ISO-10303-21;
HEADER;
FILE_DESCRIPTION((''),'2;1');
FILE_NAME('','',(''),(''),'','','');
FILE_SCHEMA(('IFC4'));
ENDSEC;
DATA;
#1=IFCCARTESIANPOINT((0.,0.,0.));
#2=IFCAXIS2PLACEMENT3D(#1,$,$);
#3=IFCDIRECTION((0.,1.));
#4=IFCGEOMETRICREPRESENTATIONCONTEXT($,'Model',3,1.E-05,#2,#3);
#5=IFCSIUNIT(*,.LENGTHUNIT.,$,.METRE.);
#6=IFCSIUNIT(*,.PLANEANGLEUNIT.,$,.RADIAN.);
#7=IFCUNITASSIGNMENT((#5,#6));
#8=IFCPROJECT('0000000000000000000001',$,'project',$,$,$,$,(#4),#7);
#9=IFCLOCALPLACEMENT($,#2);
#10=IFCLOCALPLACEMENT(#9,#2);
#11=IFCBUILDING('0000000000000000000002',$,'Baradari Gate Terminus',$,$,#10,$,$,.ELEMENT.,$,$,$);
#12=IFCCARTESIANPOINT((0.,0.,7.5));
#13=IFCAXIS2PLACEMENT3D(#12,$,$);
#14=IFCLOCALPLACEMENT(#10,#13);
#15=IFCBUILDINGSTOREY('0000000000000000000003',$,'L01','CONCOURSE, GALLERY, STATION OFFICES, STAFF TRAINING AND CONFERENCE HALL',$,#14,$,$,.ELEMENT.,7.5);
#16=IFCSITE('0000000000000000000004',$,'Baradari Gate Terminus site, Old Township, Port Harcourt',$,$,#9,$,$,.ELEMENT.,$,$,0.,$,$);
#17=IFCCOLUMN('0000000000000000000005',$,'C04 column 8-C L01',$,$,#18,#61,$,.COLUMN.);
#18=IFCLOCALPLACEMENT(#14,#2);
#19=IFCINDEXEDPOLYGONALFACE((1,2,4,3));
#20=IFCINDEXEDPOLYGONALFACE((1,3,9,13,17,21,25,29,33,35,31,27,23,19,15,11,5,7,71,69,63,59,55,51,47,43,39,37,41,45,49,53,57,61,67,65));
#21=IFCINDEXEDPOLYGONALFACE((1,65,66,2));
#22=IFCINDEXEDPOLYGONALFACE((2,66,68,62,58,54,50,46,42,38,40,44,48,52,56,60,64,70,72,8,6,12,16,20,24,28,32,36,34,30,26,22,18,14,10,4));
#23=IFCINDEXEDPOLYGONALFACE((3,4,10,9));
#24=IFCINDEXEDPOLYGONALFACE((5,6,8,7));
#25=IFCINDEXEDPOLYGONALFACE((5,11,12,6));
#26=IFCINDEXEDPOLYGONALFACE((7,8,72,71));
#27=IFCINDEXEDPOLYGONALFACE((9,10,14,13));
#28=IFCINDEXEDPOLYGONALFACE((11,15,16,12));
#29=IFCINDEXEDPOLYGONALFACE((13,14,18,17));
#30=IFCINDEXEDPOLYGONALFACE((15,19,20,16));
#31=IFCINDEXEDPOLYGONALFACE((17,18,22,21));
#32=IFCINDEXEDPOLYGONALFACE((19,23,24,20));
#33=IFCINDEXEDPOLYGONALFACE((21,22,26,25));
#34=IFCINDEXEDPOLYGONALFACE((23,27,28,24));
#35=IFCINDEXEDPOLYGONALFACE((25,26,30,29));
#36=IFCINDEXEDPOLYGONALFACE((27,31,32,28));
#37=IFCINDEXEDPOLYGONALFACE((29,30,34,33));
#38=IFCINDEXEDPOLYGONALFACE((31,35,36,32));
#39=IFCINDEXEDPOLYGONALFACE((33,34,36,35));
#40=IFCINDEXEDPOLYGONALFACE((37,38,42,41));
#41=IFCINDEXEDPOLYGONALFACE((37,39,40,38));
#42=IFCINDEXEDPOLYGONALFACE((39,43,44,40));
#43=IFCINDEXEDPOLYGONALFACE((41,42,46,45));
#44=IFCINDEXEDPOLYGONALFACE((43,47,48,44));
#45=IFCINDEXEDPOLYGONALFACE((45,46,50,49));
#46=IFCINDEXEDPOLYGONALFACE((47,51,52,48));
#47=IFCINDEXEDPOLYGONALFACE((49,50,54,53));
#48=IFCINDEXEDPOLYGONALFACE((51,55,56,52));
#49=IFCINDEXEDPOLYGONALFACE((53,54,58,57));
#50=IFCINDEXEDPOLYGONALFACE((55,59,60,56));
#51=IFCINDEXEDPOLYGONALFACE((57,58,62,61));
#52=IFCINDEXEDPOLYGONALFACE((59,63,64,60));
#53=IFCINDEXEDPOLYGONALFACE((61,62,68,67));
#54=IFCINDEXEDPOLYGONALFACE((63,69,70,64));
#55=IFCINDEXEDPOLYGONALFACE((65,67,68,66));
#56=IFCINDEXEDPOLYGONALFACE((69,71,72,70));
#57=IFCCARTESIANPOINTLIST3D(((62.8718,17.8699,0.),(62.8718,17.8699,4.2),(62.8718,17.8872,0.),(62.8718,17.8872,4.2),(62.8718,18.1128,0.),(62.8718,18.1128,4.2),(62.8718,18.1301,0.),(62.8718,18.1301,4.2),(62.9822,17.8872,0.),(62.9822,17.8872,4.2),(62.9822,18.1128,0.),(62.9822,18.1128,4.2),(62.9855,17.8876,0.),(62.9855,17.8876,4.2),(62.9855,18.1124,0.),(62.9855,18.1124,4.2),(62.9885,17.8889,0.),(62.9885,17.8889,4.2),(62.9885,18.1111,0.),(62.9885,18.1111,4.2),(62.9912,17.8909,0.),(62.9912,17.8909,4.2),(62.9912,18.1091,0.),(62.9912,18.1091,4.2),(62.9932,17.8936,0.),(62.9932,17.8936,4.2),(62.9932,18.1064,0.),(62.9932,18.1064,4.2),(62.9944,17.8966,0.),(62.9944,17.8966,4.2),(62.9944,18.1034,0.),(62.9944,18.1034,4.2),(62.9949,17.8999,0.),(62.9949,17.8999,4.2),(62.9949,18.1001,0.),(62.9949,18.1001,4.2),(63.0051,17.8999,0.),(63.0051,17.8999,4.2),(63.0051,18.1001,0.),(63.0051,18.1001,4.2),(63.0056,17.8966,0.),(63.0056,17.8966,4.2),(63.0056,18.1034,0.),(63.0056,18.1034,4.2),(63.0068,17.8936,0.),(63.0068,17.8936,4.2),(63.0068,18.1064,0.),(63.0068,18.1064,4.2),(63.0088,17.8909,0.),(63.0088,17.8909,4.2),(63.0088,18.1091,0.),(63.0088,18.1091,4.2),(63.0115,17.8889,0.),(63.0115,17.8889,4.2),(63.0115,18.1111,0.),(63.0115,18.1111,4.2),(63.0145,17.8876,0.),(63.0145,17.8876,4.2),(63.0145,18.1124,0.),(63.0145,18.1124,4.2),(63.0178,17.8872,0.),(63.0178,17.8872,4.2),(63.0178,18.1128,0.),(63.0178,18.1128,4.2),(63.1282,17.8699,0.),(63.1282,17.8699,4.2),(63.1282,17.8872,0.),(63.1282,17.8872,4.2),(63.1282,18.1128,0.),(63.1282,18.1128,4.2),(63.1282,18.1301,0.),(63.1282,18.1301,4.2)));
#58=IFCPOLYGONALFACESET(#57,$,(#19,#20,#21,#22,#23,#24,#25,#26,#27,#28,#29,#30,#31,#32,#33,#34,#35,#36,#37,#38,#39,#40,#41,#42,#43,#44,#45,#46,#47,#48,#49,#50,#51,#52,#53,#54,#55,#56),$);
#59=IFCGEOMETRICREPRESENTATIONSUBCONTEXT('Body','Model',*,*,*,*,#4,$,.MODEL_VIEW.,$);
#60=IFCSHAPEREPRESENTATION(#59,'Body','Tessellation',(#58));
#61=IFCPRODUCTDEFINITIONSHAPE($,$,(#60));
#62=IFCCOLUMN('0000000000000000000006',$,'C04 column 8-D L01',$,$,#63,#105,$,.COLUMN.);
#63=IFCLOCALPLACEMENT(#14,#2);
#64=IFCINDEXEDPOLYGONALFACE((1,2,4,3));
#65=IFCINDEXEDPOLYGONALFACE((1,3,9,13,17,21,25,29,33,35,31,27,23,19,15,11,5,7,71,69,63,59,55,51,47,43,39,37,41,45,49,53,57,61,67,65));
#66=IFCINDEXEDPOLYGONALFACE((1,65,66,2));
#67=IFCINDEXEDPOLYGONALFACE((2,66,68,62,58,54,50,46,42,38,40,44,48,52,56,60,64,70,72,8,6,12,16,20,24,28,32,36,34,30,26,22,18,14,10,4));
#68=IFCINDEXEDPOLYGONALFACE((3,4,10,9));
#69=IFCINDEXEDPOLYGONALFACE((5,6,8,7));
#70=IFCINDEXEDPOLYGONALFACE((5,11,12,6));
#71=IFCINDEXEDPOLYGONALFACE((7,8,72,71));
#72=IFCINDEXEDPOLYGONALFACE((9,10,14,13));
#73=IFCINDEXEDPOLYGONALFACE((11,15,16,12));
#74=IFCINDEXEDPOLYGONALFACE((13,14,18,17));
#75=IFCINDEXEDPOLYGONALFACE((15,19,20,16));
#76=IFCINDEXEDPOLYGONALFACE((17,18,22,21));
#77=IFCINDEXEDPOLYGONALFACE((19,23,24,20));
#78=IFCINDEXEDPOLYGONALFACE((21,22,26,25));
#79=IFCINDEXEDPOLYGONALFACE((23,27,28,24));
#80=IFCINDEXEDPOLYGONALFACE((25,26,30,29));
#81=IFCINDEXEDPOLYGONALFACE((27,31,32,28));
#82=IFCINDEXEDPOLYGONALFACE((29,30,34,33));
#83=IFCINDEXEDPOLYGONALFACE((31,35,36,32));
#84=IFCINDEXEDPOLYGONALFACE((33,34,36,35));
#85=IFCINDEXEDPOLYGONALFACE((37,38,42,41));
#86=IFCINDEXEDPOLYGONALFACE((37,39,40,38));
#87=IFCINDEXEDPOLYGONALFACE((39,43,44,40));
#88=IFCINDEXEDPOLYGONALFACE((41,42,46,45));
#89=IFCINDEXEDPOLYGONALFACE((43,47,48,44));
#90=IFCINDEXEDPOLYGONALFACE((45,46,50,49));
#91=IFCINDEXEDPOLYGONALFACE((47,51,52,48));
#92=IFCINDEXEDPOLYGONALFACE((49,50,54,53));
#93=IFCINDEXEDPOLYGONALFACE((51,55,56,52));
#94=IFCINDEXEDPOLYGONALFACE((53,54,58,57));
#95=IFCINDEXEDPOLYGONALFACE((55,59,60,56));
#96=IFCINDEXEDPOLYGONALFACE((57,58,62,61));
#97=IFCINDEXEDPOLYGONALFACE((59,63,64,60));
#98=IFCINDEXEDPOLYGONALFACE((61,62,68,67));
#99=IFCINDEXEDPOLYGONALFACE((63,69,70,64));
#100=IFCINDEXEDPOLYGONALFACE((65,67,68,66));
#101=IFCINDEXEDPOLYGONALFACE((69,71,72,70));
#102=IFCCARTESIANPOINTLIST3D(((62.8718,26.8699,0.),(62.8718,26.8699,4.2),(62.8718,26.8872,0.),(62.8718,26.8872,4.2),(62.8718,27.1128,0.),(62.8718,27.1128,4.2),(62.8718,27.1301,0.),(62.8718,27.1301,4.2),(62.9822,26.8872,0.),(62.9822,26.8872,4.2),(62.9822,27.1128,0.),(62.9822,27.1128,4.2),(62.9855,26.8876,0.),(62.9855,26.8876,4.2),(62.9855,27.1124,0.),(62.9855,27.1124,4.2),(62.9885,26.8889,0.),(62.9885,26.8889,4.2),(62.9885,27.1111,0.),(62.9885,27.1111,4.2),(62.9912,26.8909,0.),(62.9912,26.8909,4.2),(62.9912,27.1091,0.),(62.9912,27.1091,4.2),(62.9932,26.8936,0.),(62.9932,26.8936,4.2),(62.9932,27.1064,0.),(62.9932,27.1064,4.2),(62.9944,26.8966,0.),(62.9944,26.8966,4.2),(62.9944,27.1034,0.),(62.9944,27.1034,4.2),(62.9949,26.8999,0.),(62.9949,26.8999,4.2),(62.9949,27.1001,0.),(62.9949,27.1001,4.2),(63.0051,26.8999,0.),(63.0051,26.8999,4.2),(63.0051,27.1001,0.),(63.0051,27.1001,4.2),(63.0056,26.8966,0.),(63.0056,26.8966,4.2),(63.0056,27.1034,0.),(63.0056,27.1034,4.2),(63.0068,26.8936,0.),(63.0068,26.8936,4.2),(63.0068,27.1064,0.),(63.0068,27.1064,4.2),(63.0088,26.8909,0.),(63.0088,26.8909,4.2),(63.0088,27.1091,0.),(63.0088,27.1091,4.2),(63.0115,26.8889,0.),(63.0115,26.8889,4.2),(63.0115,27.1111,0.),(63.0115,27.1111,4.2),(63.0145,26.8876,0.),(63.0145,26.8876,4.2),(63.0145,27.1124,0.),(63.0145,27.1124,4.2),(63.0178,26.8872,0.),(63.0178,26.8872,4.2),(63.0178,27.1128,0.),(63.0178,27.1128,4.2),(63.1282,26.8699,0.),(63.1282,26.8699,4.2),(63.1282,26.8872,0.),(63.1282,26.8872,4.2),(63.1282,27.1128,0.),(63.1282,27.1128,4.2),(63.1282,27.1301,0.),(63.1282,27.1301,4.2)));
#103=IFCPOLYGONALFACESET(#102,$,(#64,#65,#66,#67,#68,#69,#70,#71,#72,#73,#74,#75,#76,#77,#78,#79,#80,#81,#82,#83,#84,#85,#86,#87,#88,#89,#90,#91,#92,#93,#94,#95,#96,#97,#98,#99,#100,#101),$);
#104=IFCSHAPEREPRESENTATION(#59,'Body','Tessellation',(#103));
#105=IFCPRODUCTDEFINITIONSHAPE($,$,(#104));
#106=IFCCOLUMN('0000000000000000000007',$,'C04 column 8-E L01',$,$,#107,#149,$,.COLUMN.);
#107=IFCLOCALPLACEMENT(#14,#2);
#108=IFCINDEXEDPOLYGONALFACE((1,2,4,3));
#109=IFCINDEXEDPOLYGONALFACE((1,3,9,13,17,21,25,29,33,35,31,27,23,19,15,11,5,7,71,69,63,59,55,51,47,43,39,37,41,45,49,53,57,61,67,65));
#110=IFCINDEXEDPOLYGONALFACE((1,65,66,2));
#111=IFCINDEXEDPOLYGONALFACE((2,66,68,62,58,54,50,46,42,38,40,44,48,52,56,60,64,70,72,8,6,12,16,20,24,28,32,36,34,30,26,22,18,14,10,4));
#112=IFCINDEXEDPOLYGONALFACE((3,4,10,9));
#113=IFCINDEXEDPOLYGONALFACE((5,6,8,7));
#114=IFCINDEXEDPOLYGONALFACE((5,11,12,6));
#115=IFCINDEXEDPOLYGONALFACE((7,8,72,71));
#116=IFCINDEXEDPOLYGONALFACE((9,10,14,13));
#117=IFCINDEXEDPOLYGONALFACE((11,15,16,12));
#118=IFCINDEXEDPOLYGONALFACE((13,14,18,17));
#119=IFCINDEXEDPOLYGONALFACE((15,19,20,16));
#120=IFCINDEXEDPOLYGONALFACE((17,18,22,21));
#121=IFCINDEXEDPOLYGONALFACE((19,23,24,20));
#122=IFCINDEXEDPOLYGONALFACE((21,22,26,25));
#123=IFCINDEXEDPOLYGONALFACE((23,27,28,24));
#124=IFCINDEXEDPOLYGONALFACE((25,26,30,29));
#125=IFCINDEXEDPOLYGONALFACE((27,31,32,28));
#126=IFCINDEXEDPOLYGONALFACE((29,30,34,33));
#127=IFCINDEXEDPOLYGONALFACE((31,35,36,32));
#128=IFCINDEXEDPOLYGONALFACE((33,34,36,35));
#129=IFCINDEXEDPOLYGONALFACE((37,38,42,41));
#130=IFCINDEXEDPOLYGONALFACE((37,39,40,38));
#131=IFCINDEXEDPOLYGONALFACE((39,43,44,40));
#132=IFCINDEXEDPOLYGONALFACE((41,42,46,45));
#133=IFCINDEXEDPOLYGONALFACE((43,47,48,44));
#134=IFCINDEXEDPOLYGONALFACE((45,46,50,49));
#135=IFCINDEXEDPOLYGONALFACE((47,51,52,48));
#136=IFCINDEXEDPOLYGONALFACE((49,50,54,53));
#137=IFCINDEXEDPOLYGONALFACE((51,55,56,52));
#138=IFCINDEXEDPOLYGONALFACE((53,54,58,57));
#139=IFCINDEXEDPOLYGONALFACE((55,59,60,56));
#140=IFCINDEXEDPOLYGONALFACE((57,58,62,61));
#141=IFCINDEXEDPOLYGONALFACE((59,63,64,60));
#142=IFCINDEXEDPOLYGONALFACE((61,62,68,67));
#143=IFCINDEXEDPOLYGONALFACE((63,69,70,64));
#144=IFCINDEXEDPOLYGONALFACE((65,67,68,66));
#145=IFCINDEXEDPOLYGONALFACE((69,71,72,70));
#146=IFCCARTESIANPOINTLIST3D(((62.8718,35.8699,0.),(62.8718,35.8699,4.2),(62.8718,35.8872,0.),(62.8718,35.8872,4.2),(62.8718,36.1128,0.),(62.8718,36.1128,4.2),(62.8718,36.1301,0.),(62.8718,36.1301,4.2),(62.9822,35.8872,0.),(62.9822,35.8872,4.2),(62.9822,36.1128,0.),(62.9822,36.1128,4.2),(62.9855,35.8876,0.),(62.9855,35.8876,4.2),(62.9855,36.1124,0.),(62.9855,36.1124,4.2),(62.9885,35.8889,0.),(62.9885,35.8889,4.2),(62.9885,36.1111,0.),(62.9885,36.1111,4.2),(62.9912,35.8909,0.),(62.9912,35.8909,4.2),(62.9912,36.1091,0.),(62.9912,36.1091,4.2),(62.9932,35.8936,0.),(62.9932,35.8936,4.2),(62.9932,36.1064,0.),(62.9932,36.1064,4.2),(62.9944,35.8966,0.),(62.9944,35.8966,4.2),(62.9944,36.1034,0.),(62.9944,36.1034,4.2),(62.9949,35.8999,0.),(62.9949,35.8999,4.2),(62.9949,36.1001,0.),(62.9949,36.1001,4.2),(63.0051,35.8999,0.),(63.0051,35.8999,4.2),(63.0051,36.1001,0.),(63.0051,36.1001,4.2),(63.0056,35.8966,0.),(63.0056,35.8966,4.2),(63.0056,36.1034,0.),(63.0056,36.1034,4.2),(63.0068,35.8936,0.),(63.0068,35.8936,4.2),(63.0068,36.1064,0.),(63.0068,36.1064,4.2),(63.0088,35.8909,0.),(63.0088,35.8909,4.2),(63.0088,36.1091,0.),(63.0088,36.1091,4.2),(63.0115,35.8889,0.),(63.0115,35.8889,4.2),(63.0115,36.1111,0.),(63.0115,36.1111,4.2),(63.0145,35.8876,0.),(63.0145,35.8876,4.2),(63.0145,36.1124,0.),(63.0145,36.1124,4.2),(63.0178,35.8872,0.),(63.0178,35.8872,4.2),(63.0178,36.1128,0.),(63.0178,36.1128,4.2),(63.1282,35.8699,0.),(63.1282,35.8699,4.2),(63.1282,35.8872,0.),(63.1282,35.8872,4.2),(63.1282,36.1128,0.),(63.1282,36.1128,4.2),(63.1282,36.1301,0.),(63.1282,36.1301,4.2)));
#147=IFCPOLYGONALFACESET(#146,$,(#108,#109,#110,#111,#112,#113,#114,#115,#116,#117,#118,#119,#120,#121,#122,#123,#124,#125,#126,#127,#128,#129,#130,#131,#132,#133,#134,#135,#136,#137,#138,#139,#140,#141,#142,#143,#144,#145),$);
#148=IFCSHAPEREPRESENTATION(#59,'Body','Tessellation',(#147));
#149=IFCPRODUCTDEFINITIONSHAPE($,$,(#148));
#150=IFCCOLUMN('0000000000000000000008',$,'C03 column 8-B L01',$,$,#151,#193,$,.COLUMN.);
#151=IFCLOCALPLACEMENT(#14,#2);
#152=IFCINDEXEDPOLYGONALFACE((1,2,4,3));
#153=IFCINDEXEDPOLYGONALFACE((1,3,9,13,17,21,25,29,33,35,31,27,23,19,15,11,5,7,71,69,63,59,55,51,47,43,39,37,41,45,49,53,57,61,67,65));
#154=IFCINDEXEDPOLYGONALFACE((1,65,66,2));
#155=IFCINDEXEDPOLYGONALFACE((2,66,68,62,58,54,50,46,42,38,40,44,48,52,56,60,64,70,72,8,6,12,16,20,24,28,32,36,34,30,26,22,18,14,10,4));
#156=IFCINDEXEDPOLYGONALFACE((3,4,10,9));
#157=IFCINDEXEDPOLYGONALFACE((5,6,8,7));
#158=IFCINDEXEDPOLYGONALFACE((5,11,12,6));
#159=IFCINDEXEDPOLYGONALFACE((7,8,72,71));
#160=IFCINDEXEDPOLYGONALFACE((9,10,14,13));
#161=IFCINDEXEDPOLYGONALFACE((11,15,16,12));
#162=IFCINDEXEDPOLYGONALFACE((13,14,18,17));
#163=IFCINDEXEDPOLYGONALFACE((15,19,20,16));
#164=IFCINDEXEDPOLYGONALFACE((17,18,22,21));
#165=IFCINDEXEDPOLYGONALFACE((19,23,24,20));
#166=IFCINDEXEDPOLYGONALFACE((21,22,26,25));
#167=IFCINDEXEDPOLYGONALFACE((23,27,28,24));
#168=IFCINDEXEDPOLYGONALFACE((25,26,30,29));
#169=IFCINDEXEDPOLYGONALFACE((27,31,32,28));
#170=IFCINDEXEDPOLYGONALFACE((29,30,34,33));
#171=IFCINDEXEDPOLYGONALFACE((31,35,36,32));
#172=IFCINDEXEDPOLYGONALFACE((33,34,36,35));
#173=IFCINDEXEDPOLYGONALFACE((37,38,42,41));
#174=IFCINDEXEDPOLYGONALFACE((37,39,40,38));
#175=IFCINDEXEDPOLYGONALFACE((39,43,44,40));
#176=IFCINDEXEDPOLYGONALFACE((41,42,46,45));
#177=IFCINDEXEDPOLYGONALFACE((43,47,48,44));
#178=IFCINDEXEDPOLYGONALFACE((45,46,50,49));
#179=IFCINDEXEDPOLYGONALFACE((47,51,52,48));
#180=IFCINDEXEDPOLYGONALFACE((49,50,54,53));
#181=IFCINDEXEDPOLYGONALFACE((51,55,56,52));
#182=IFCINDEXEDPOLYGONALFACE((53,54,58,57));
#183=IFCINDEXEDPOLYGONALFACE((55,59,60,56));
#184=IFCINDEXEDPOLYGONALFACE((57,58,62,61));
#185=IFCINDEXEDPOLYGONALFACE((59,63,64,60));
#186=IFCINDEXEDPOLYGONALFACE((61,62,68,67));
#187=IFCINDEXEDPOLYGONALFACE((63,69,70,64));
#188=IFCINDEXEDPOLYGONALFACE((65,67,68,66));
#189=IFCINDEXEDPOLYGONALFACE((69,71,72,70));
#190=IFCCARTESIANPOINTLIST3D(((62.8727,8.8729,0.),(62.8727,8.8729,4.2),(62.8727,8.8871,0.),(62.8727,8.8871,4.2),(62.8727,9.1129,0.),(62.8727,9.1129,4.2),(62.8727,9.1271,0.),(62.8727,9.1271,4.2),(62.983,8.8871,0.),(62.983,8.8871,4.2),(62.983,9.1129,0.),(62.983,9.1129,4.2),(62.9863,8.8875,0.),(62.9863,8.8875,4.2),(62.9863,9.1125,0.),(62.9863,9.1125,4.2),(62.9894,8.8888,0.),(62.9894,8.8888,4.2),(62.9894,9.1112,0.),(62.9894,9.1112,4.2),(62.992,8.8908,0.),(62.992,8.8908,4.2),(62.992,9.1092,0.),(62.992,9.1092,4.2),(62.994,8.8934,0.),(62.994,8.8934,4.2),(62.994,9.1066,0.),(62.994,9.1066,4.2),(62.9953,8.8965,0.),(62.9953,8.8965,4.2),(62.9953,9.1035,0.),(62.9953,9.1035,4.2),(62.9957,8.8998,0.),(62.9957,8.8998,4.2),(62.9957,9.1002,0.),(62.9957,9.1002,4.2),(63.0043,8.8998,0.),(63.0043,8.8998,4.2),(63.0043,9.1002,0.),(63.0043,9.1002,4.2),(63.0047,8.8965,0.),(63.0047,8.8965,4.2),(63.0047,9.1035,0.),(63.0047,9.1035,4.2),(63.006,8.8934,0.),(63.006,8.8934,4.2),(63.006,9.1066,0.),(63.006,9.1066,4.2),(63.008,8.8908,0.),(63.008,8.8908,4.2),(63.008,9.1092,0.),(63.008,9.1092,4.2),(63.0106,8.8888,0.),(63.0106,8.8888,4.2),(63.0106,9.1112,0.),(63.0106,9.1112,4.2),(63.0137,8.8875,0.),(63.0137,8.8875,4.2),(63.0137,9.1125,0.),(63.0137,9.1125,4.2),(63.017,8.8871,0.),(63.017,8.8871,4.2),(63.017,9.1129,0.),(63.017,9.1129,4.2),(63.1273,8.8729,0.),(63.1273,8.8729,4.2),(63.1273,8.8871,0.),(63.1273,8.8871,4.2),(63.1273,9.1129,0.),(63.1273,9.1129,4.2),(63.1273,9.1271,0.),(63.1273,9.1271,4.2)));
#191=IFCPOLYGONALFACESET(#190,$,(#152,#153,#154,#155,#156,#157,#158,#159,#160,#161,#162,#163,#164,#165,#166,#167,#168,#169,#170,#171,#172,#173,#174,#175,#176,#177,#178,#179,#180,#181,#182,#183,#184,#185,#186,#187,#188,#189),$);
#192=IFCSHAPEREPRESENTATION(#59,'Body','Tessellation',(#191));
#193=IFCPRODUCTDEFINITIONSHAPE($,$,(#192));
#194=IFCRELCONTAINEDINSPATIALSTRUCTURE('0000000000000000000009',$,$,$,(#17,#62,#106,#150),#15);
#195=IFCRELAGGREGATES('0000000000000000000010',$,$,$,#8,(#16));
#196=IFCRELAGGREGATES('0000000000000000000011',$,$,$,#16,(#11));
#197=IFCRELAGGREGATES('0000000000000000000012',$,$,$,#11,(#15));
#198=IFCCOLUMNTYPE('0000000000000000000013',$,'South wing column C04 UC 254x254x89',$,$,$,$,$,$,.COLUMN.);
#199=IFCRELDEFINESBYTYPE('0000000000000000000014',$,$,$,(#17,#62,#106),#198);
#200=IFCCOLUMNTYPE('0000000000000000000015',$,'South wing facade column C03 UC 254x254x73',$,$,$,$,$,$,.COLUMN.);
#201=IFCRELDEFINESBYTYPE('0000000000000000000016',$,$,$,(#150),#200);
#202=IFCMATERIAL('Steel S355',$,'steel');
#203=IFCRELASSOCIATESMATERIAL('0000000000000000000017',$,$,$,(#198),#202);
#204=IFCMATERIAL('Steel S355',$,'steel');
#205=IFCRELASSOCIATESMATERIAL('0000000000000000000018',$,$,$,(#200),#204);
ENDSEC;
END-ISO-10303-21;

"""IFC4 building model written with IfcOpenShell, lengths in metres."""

from ifc_helpers import new_model, si_unit, direction, frame, origin, origin_2d, place, context, subcontext, project, spatial, i_section, extrude, material, material_profile, profile_set, type_object, element, save


model = new_model("IFC4")

# Units and contexts
model_context = context("Model", 3, precision=1e-05, world=origin(), true_north=direction((0.0, 1.0)))
body_context = subcontext(model_context, "Body", "Model", "MODEL_VIEW")
ifc_project = project(units=[si_unit("LENGTHUNIT", "METRE"), si_unit("PLANEANGLEUNIT", "RADIAN")], contexts=[model_context])

# Site, building, storey
site_placement = place(None, origin())
site = spatial("IfcSite", under=ifc_project, at=site_placement, Name="Baradari Gate Terminus site, Old Township, Port Harcourt", CompositionType="ELEMENT", RefElevation=0.0)
building_placement = place(site_placement, origin())
building = spatial("IfcBuilding", under=site, at=building_placement, Name="Baradari Gate Terminus", CompositionType="ELEMENT")
storey_placement = place(building_placement, frame((0.0, 0.0, 7.5)))
storey = spatial("IfcBuildingStorey", under=building, at=storey_placement, Name="L01", Description="CONCOURSE, GALLERY, STATION OFFICES, STAFF TRAINING AND CONFERENCE HALL", CompositionType="ELEMENT", Elevation=7.5)

# Columns
ifc_material_1 = material(Name="Steel S355", Category="steel")
ifc_material_profile_1 = material_profile(ifc_material_1, i_section(OverallWidth=0.2563, OverallDepth=0.2603, WebThickness=0.0103, FlangeThickness=0.0173, FilletRadius=0.0127, at=origin_2d()), Name="UC 254x254x89")
ifc_profile_set_1 = profile_set([ifc_material_profile_1], Name="Steel S355")
column_type_1 = type_object("IfcColumnType", Name="South wing column C04 UC 254x254x89", PredefinedType="COLUMN", material=ifc_profile_set_1)
for number, where, z_axis, x_axis, name in (
    (1, (63.0, 18.0, 0.0), (0.0, 0.0, 1.0), (1.0, 0.0, 0.0), "C04 column 8-C L01"),
    (2, (63.0, 27.0, 0.0), (0.0, 0.0, 1.0), (1.0, 0.0, 0.0), "C04 column 8-D L01"),
    (3, (63.0, 36.0, 0.0), (0.0, 0.0, 1.0), (1.0, 0.0, 0.0), "C04 column 8-E L01"),
):
    element("IfcColumn", number, at=place(storey_placement, frame(where, z_axis=z_axis, x_axis=x_axis)), inside=storey, type_object=column_type_1, Name=name, PredefinedType="COLUMN", context=body_context, shape_type="SweptSolid", body=[
        extrude(i_section(OverallWidth=0.2563, OverallDepth=0.2603, WebThickness=0.0103, FlangeThickness=0.0173, FilletRadius=0.0127, at=origin_2d()), origin(), (0.0, 0.0, 1.0), 4.2),
    ])
ifc_material_2 = material(Name="Steel S355", Category="steel")
ifc_material_profile_2 = material_profile(ifc_material_2, i_section(OverallWidth=0.2546, OverallDepth=0.2542, WebThickness=0.0085, FlangeThickness=0.0142, FilletRadius=0.0127, at=origin_2d()), Name="UC 254x254x73")
ifc_profile_set_2 = profile_set([ifc_material_profile_2], Name="Steel S355")
column_type_2 = type_object("IfcColumnType", Name="South wing facade column C03 UC 254x254x73", PredefinedType="COLUMN", material=ifc_profile_set_2)
column_placement = place(storey_placement, frame((63.0, 9.0, 0.0), z_axis=(0.0, 0.0, 1.0), x_axis=(1.0, 0.0, 0.0)))
element("IfcColumn", 4, at=column_placement, inside=storey, type_object=column_type_2, Name="C03 column 8-B L01", PredefinedType="COLUMN", context=body_context, shape_type="SweptSolid", body=[
    extrude(i_section(OverallWidth=0.2546, OverallDepth=0.2542, WebThickness=0.0085, FlangeThickness=0.0142, FilletRadius=0.0127, at=origin_2d()), origin(), (0.0, 0.0, 1.0), 4.2),
])

save(model, "model.ifc")
